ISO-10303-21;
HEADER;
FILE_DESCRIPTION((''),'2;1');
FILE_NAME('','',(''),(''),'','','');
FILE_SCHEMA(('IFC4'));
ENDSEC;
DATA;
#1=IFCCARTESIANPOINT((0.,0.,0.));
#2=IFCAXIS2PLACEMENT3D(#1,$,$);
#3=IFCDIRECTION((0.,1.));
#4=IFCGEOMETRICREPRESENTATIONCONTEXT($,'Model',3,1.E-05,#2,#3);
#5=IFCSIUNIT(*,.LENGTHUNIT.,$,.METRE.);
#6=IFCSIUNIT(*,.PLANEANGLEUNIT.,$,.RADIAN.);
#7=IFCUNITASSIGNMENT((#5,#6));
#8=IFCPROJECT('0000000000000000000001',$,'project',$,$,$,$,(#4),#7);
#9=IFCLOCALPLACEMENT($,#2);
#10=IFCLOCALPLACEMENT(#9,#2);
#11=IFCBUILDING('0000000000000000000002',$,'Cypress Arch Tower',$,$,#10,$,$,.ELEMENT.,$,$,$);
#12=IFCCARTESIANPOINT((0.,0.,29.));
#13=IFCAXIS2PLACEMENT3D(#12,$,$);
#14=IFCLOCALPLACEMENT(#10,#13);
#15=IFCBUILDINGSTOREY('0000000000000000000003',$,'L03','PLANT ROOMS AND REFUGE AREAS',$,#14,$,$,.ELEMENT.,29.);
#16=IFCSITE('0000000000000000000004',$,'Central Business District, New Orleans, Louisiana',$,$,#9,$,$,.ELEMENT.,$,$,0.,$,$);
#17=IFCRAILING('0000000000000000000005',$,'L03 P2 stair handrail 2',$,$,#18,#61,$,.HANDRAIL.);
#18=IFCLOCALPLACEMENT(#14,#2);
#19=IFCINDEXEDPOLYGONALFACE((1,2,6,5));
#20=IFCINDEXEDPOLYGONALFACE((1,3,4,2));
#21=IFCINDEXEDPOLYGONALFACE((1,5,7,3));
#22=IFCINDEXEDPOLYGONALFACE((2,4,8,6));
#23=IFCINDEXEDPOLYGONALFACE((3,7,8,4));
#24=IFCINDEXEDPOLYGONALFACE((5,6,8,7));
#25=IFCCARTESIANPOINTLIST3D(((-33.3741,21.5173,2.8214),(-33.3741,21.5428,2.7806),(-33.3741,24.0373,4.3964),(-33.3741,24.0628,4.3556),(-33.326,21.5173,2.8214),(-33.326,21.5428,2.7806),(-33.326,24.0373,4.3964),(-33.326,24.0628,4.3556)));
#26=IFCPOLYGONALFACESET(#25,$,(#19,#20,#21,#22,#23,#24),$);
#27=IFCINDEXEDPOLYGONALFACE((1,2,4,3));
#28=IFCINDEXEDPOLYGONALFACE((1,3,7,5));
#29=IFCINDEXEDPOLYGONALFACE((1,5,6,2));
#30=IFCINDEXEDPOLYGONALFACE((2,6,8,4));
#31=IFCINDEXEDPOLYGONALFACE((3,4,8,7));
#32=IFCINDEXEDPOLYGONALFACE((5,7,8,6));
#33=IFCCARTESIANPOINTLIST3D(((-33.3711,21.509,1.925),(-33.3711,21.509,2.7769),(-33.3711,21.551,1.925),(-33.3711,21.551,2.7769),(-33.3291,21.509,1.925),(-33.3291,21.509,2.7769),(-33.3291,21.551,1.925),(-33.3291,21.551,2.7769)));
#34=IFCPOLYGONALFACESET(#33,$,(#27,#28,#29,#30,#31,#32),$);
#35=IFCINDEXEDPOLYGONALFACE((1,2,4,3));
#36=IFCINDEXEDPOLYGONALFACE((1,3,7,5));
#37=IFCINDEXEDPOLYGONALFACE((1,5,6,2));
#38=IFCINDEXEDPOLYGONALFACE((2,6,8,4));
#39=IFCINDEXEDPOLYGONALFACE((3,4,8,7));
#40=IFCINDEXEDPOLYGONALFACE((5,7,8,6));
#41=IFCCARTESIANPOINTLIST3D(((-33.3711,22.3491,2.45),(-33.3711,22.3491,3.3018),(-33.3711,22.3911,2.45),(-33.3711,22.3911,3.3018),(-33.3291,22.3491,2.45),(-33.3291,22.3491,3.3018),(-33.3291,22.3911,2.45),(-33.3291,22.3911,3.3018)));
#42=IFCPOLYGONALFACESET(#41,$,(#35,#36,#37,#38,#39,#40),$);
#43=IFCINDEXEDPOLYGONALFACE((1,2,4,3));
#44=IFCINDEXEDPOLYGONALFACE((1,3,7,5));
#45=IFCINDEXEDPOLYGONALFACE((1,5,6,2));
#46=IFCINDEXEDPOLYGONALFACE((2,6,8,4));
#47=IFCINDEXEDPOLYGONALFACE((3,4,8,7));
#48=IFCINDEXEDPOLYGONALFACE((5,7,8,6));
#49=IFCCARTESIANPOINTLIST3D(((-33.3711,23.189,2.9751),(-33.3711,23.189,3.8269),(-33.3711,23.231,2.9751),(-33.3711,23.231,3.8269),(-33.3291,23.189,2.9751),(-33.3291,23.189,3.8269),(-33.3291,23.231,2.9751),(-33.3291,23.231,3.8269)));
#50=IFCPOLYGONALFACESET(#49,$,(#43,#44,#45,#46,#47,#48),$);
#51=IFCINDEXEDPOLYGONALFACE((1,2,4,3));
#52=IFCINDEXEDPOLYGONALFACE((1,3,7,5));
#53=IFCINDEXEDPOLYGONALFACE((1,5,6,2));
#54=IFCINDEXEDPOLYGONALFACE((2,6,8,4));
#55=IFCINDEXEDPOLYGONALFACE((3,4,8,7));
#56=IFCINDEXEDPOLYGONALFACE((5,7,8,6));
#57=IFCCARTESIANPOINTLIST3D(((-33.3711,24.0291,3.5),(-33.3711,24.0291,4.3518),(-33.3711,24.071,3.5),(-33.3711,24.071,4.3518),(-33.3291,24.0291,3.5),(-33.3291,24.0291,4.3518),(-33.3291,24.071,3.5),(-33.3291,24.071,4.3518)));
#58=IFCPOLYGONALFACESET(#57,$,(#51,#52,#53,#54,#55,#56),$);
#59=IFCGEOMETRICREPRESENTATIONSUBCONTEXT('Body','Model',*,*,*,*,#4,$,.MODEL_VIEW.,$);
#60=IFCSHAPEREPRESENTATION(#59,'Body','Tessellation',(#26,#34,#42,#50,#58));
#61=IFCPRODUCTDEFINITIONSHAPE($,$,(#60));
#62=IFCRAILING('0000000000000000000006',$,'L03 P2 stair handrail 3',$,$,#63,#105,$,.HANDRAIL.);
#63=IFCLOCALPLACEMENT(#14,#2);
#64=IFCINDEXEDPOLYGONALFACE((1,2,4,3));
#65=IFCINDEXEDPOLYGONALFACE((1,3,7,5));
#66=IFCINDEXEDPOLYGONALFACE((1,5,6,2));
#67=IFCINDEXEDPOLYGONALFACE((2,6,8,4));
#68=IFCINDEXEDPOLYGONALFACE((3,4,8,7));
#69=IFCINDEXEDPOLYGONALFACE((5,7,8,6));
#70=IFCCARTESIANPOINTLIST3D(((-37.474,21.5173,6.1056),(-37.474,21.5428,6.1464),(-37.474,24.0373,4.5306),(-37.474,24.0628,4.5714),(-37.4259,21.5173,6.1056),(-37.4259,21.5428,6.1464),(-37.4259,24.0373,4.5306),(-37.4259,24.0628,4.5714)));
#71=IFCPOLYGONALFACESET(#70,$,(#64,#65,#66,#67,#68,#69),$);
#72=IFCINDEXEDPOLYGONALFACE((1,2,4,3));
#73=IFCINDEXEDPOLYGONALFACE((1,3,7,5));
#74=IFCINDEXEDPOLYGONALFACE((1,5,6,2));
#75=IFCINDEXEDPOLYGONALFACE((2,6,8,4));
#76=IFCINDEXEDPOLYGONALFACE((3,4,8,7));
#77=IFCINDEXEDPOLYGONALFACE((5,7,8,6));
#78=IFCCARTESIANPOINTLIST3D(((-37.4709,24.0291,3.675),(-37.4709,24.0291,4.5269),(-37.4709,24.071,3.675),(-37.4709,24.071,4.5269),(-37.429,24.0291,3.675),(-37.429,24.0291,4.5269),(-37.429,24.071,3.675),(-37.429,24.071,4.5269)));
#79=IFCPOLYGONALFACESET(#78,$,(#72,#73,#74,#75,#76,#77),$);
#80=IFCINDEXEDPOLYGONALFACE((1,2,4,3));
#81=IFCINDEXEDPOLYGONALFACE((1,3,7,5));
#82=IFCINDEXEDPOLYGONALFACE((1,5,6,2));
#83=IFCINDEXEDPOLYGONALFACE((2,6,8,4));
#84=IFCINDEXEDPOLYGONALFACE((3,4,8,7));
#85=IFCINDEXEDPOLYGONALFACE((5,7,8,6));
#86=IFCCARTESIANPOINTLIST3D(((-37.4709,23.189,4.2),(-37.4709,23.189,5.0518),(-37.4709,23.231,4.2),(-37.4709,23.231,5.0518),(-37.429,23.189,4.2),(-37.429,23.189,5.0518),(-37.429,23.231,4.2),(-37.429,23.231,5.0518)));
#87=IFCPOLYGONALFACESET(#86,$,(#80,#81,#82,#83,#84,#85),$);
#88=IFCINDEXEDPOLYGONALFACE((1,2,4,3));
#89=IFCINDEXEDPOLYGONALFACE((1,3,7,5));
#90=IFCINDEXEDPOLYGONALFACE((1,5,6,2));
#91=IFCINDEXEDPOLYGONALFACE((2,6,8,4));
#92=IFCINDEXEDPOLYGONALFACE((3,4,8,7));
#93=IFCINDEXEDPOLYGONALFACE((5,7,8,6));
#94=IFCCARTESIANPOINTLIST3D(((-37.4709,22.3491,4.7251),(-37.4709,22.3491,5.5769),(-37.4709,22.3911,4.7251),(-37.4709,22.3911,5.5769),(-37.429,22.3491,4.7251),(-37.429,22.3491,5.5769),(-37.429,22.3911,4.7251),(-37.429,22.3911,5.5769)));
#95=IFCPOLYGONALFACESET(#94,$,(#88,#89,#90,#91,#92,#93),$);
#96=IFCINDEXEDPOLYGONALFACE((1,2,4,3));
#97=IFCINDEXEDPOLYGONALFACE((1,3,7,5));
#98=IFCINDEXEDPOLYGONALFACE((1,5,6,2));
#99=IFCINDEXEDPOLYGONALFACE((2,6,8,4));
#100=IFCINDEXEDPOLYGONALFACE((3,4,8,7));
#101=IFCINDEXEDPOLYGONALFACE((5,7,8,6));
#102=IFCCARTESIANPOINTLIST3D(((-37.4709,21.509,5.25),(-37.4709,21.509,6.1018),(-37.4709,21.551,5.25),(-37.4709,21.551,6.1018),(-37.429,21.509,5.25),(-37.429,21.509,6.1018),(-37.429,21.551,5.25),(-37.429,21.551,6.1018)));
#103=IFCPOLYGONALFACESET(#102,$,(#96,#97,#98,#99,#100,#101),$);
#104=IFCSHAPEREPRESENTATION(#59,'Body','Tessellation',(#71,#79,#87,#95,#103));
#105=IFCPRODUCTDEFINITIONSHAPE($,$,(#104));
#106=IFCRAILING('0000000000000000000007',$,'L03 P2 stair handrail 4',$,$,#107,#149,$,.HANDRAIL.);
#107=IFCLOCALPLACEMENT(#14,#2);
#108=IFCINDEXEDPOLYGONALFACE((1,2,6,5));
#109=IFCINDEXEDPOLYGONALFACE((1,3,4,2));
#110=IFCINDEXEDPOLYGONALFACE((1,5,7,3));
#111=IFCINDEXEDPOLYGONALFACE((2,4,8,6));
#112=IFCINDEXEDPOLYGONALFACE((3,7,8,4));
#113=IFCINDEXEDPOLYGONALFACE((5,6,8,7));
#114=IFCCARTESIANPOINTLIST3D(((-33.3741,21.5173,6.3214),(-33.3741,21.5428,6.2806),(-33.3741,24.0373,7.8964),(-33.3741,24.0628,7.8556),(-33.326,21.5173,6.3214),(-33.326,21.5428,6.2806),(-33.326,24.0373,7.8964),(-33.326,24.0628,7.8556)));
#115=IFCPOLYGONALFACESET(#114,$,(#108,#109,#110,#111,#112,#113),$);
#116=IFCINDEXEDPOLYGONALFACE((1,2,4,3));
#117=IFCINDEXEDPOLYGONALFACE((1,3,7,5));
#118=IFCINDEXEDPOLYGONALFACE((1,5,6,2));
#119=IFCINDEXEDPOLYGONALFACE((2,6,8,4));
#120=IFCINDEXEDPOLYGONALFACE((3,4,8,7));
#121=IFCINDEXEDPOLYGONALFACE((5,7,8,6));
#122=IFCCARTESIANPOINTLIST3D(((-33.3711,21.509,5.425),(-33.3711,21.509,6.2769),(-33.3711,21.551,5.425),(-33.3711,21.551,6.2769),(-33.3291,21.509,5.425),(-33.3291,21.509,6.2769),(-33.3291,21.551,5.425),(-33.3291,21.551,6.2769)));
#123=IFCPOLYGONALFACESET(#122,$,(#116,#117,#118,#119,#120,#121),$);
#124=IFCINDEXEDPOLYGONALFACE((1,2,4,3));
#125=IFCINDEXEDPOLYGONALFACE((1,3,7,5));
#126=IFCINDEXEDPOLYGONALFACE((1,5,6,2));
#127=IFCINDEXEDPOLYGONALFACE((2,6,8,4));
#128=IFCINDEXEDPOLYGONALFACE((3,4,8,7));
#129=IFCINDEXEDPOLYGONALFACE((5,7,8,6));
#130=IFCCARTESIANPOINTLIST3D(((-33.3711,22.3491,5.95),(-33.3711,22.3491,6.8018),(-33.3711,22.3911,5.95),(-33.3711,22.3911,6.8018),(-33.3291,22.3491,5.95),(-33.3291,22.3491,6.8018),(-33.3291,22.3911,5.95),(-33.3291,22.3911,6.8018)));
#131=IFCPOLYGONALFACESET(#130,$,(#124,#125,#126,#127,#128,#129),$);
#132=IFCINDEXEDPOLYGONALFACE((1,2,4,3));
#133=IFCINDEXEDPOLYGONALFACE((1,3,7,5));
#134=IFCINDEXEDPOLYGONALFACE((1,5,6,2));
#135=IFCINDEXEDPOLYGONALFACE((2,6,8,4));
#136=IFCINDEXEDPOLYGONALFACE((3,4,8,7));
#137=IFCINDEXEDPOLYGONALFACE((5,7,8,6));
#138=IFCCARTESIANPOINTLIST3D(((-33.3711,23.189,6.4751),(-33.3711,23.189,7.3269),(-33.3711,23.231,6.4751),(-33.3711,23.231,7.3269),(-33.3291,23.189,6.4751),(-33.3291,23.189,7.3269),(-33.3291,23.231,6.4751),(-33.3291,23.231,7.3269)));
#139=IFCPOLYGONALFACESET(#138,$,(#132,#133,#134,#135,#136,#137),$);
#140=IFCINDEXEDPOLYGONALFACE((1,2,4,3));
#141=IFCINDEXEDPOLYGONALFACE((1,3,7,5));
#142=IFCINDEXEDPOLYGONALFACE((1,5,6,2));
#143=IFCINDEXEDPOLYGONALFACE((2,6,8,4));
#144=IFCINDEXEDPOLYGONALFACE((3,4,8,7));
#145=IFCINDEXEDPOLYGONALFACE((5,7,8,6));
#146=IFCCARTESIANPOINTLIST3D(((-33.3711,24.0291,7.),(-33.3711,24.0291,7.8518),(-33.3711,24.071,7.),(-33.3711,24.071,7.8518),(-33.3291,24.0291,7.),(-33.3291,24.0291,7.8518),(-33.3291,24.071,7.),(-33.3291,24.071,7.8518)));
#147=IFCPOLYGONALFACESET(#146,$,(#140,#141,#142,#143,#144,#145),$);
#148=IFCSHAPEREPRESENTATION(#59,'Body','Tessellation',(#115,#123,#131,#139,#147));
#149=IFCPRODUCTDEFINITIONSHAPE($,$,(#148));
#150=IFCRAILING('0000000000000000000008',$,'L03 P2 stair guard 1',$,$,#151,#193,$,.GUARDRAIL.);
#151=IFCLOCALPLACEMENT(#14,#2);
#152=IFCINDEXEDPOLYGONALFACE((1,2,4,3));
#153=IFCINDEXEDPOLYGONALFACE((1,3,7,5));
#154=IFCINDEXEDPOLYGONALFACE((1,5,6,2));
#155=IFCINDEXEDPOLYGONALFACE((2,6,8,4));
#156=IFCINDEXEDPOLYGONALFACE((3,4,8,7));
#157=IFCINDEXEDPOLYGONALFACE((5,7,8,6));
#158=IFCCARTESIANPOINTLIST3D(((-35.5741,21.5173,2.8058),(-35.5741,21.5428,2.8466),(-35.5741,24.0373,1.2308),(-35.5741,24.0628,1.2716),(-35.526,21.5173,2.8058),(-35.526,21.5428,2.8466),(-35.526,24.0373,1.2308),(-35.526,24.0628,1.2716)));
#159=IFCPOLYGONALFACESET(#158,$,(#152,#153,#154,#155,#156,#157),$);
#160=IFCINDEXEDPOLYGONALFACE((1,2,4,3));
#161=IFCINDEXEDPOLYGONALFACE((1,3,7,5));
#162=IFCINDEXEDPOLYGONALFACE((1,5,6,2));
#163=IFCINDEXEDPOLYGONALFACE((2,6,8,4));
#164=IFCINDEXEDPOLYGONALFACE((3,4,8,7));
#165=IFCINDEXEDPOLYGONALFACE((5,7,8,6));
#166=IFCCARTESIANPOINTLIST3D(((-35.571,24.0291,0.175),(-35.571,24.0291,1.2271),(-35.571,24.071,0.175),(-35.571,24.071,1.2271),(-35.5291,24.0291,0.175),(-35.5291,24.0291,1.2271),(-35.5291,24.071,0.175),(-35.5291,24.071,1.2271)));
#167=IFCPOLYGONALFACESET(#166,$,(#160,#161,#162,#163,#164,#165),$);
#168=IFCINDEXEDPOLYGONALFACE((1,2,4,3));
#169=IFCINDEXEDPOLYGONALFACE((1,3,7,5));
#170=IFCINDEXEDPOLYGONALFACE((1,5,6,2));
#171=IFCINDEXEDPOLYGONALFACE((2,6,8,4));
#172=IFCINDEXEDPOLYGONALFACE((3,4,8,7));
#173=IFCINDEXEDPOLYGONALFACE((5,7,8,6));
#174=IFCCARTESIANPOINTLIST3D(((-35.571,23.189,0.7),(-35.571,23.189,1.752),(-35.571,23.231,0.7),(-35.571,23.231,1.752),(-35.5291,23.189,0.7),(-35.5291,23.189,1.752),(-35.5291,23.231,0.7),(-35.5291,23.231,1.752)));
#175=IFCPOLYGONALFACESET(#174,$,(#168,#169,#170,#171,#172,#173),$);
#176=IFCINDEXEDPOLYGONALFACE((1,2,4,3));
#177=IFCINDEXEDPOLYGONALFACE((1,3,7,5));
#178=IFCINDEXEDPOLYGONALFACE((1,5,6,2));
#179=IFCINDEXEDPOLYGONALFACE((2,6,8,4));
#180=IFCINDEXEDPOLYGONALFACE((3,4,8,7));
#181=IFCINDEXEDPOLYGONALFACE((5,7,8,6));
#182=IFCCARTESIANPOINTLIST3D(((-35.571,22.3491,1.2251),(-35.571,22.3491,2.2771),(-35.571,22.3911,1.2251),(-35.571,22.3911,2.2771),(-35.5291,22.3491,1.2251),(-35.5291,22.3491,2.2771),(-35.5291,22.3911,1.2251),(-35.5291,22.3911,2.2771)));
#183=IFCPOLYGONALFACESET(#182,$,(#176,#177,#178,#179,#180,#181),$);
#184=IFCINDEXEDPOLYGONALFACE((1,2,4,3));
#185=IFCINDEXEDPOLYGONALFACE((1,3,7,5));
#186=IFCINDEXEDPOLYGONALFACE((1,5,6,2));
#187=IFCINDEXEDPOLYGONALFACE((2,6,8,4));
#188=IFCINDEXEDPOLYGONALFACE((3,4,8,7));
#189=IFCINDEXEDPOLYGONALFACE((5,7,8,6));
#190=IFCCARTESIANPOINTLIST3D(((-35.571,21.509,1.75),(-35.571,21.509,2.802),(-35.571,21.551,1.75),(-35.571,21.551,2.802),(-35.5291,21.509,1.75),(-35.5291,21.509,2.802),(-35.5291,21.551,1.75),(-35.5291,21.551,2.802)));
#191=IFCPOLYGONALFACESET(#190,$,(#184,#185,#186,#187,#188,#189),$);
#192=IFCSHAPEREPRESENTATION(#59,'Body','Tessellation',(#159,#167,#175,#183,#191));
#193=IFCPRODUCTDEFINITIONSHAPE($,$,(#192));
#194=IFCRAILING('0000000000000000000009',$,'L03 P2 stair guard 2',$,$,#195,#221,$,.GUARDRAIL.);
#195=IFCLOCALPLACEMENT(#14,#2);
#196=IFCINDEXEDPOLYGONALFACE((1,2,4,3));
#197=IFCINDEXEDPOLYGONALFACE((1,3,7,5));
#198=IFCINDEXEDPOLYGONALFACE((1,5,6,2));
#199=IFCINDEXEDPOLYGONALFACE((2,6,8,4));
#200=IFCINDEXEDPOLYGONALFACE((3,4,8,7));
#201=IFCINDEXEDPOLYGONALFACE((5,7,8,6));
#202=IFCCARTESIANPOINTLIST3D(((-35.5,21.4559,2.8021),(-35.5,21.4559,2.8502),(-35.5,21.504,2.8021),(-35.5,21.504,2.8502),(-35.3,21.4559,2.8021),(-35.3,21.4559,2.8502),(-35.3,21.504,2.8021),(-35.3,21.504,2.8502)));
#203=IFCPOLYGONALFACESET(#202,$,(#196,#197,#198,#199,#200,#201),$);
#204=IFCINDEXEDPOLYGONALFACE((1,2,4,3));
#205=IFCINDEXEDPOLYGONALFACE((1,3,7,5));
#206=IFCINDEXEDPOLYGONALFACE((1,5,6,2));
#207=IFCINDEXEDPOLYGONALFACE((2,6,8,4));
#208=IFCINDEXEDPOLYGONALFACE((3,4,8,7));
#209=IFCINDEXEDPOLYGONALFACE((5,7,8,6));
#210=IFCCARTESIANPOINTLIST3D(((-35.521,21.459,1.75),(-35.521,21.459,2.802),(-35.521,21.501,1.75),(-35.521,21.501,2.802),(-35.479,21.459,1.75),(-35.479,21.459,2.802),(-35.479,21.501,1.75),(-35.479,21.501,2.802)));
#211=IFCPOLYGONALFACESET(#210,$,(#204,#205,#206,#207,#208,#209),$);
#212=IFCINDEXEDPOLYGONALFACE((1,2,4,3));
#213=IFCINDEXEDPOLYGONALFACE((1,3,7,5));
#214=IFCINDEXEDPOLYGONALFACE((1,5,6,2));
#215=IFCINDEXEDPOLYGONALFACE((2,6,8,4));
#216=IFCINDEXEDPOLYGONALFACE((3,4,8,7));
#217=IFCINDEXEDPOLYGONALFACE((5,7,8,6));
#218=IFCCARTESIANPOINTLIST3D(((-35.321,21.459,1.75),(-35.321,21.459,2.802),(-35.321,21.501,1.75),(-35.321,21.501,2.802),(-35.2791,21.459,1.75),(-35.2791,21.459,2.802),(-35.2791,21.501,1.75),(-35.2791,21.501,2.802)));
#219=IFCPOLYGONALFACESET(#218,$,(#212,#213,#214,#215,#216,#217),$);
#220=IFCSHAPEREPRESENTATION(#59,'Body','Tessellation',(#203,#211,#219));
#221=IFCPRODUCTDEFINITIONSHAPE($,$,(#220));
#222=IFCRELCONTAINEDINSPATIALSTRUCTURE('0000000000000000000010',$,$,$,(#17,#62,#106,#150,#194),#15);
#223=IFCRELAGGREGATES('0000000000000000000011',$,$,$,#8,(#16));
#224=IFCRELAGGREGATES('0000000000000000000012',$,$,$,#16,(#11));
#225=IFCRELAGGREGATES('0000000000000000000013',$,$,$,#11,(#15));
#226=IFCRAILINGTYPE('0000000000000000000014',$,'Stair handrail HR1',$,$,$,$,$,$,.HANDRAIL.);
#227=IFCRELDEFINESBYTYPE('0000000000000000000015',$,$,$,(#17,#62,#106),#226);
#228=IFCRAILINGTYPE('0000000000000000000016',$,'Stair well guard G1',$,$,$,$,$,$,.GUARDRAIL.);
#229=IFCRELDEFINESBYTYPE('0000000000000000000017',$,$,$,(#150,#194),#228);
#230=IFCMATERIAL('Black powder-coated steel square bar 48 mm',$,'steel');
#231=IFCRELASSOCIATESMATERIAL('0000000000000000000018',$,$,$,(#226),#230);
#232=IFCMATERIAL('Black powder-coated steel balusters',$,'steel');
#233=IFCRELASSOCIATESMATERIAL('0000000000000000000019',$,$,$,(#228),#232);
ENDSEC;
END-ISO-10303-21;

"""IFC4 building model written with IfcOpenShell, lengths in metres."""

from ifc_helpers import new_model, si_unit, direction, frame, origin, origin_2d, place, context, subcontext, project, spatial, rectangle, extrude, material, type_object, element, save


model = new_model("IFC4")

# Units and contexts
model_context = context("Model", 3, precision=1e-05, world=origin(), true_north=direction((0.0, 1.0)))
body_context = subcontext(model_context, "Body", "Model", "MODEL_VIEW")
ifc_project = project(units=[si_unit("LENGTHUNIT", "METRE"), si_unit("PLANEANGLEUNIT", "RADIAN")], contexts=[model_context])

# Site, building, storey
site_placement = place(None, origin())
site = spatial("IfcSite", under=ifc_project, at=site_placement, Name="Central Business District, New Orleans, Louisiana", CompositionType="ELEMENT", RefElevation=0.0)
building_placement = place(site_placement, origin())
building = spatial("IfcBuilding", under=site, at=building_placement, Name="Cypress Arch Tower", CompositionType="ELEMENT")
storey_placement = place(building_placement, frame((0.0, 0.0, 29.0)))
storey = spatial("IfcBuildingStorey", under=building, at=storey_placement, Name="L03", Description="PLANT ROOMS AND REFUGE AREAS", CompositionType="ELEMENT", Elevation=29.0)

# Railings
ifc_material_1 = material(Name="Black powder-coated steel square bar 48 mm", Category="steel")
railing_type_1 = type_object("IfcRailingType", Name="Stair handrail HR1", PredefinedType="HANDRAIL", material=ifc_material_1)
railing_1_placement = place(storey_placement, frame((-33.3501, 21.53, 1.925)))
element("IfcRailing", 1, at=railing_1_placement, inside=storey, type_object=railing_type_1, Name="L03 P2 stair handrail 2", PredefinedType="HANDRAIL", context=body_context, shape_type="SweptSolid", body=[
    extrude(rectangle(XDim=0.0481, YDim=0.0481, at=origin_2d()), frame((0.0, 0.0, 0.876), z_axis=(0.0, 0.848008, 0.529984), x_axis=(-1.0, 0.0, 0.0)), (0.0, 0.0, 1.0), 2.9717),
    extrude(rectangle(XDim=0.042, YDim=0.042, at=origin_2d()), origin(), (0.0, 0.0, 1.0), 0.8518),
    extrude(rectangle(XDim=0.042, YDim=0.042, at=origin_2d()), frame((0.0, 0.8401, 0.5249)), (0.0, 0.0, 1.0), 0.8518),
    extrude(rectangle(XDim=0.042, YDim=0.042, at=origin_2d()), frame((0.0, 1.6799, 1.05)), (0.0, 0.0, 1.0), 0.8518),
    extrude(rectangle(XDim=0.042, YDim=0.042, at=origin_2d()), frame((0.0, 2.52, 1.575)), (0.0, 0.0, 1.0), 0.8518),
])
railing_2_placement = place(storey_placement, frame((-37.45, 24.05, 3.675)))
element("IfcRailing", 2, at=railing_2_placement, inside=storey, type_object=railing_type_1, Name="L03 P2 stair handrail 3", PredefinedType="HANDRAIL", context=body_context, shape_type="SweptSolid", body=[
    extrude(rectangle(XDim=0.0481, YDim=0.0481, at=origin_2d()), frame((0.0, 0.0, 0.876), z_axis=(0.0, -0.848008, 0.529984), x_axis=(1.0, 0.0, 0.0)), (0.0, 0.0, 1.0), 2.9717),
    extrude(rectangle(XDim=0.042, YDim=0.042, at=origin_2d()), origin(), (0.0, 0.0, 1.0), 0.8518),
    extrude(rectangle(XDim=0.042, YDim=0.042, at=origin_2d()), frame((0.0, -0.8401, 0.5249)), (0.0, 0.0, 1.0), 0.8518),
    extrude(rectangle(XDim=0.042, YDim=0.042, at=origin_2d()), frame((0.0, -1.6799, 1.05)), (0.0, 0.0, 1.0), 0.8518),
    extrude(rectangle(XDim=0.042, YDim=0.042, at=origin_2d()), frame((0.0, -2.52, 1.575)), (0.0, 0.0, 1.0), 0.8518),
])
railing_3_placement = place(storey_placement, frame((-33.3501, 21.53, 5.425)))
element("IfcRailing", 3, at=railing_3_placement, inside=storey, type_object=railing_type_1, Name="L03 P2 stair handrail 4", PredefinedType="HANDRAIL", context=body_context, shape_type="SweptSolid", body=[
    extrude(rectangle(XDim=0.0481, YDim=0.0481, at=origin_2d()), frame((0.0, 0.0, 0.876), z_axis=(0.0, 0.848008, 0.529984), x_axis=(-1.0, 0.0, 0.0)), (0.0, 0.0, 1.0), 2.9717),
    extrude(rectangle(XDim=0.042, YDim=0.042, at=origin_2d()), origin(), (0.0, 0.0, 1.0), 0.8518),
    extrude(rectangle(XDim=0.042, YDim=0.042, at=origin_2d()), frame((0.0, 0.8401, 0.5249)), (0.0, 0.0, 1.0), 0.8518),
    extrude(rectangle(XDim=0.042, YDim=0.042, at=origin_2d()), frame((0.0, 1.6799, 1.05)), (0.0, 0.0, 1.0), 0.8518),
    extrude(rectangle(XDim=0.042, YDim=0.042, at=origin_2d()), frame((0.0, 2.52, 1.575)), (0.0, 0.0, 1.0), 0.8518),
])
ifc_material_2 = material(Name="Black powder-coated steel balusters", Category="steel")
railing_type_2 = type_object("IfcRailingType", Name="Stair well guard G1", PredefinedType="GUARDRAIL", material=ifc_material_2)
railing_4_placement = place(storey_placement, frame((-35.55, 24.05, 0.175)))
element("IfcRailing", 4, at=railing_4_placement, inside=storey, type_object=railing_type_2, Name="L03 P2 stair guard 1", PredefinedType="GUARDRAIL", context=body_context, shape_type="SweptSolid", body=[
    extrude(rectangle(XDim=0.0481, YDim=0.0481, at=origin_2d()), frame((0.0, 0.0, 1.0762), z_axis=(0.0, -0.848008, 0.529984), x_axis=(1.0, 0.0, 0.0)), (0.0, 0.0, 1.0), 2.9717),
    extrude(rectangle(XDim=0.042, YDim=0.042, at=origin_2d()), origin(), (0.0, 0.0, 1.0), 1.052),
    extrude(rectangle(XDim=0.042, YDim=0.042, at=origin_2d()), frame((0.0, -0.8401, 0.5249)), (0.0, 0.0, 1.0), 1.052),
    extrude(rectangle(XDim=0.042, YDim=0.042, at=origin_2d()), frame((0.0, -1.6799, 1.05)), (0.0, 0.0, 1.0), 1.052),
    extrude(rectangle(XDim=0.042, YDim=0.042, at=origin_2d()), frame((0.0, -2.52, 1.575)), (0.0, 0.0, 1.0), 1.052),
])
railing_5_placement = place(storey_placement, frame((-35.5, 21.48, 1.75)))
element("IfcRailing", 5, at=railing_5_placement, inside=storey, type_object=railing_type_2, Name="L03 P2 stair guard 2", PredefinedType="GUARDRAIL", context=body_context, shape_type="SweptSolid", body=[
    extrude(rectangle(XDim=0.0481, YDim=0.0481, at=origin_2d()), frame((0.0, 0.0, 1.0762), z_axis=(1.0, 0.0, 0.0), x_axis=(0.0, 1.0, 0.0)), (0.0, 0.0, 1.0), 0.2),
    extrude(rectangle(XDim=0.042, YDim=0.042, at=origin_2d()), origin(), (0.0, 0.0, 1.0), 1.052),
    extrude(rectangle(XDim=0.042, YDim=0.042, at=origin_2d()), frame((0.2, 0.0, 0.0)), (0.0, 0.0, 1.0), 1.052),
])

save(model, "model.ifc")
